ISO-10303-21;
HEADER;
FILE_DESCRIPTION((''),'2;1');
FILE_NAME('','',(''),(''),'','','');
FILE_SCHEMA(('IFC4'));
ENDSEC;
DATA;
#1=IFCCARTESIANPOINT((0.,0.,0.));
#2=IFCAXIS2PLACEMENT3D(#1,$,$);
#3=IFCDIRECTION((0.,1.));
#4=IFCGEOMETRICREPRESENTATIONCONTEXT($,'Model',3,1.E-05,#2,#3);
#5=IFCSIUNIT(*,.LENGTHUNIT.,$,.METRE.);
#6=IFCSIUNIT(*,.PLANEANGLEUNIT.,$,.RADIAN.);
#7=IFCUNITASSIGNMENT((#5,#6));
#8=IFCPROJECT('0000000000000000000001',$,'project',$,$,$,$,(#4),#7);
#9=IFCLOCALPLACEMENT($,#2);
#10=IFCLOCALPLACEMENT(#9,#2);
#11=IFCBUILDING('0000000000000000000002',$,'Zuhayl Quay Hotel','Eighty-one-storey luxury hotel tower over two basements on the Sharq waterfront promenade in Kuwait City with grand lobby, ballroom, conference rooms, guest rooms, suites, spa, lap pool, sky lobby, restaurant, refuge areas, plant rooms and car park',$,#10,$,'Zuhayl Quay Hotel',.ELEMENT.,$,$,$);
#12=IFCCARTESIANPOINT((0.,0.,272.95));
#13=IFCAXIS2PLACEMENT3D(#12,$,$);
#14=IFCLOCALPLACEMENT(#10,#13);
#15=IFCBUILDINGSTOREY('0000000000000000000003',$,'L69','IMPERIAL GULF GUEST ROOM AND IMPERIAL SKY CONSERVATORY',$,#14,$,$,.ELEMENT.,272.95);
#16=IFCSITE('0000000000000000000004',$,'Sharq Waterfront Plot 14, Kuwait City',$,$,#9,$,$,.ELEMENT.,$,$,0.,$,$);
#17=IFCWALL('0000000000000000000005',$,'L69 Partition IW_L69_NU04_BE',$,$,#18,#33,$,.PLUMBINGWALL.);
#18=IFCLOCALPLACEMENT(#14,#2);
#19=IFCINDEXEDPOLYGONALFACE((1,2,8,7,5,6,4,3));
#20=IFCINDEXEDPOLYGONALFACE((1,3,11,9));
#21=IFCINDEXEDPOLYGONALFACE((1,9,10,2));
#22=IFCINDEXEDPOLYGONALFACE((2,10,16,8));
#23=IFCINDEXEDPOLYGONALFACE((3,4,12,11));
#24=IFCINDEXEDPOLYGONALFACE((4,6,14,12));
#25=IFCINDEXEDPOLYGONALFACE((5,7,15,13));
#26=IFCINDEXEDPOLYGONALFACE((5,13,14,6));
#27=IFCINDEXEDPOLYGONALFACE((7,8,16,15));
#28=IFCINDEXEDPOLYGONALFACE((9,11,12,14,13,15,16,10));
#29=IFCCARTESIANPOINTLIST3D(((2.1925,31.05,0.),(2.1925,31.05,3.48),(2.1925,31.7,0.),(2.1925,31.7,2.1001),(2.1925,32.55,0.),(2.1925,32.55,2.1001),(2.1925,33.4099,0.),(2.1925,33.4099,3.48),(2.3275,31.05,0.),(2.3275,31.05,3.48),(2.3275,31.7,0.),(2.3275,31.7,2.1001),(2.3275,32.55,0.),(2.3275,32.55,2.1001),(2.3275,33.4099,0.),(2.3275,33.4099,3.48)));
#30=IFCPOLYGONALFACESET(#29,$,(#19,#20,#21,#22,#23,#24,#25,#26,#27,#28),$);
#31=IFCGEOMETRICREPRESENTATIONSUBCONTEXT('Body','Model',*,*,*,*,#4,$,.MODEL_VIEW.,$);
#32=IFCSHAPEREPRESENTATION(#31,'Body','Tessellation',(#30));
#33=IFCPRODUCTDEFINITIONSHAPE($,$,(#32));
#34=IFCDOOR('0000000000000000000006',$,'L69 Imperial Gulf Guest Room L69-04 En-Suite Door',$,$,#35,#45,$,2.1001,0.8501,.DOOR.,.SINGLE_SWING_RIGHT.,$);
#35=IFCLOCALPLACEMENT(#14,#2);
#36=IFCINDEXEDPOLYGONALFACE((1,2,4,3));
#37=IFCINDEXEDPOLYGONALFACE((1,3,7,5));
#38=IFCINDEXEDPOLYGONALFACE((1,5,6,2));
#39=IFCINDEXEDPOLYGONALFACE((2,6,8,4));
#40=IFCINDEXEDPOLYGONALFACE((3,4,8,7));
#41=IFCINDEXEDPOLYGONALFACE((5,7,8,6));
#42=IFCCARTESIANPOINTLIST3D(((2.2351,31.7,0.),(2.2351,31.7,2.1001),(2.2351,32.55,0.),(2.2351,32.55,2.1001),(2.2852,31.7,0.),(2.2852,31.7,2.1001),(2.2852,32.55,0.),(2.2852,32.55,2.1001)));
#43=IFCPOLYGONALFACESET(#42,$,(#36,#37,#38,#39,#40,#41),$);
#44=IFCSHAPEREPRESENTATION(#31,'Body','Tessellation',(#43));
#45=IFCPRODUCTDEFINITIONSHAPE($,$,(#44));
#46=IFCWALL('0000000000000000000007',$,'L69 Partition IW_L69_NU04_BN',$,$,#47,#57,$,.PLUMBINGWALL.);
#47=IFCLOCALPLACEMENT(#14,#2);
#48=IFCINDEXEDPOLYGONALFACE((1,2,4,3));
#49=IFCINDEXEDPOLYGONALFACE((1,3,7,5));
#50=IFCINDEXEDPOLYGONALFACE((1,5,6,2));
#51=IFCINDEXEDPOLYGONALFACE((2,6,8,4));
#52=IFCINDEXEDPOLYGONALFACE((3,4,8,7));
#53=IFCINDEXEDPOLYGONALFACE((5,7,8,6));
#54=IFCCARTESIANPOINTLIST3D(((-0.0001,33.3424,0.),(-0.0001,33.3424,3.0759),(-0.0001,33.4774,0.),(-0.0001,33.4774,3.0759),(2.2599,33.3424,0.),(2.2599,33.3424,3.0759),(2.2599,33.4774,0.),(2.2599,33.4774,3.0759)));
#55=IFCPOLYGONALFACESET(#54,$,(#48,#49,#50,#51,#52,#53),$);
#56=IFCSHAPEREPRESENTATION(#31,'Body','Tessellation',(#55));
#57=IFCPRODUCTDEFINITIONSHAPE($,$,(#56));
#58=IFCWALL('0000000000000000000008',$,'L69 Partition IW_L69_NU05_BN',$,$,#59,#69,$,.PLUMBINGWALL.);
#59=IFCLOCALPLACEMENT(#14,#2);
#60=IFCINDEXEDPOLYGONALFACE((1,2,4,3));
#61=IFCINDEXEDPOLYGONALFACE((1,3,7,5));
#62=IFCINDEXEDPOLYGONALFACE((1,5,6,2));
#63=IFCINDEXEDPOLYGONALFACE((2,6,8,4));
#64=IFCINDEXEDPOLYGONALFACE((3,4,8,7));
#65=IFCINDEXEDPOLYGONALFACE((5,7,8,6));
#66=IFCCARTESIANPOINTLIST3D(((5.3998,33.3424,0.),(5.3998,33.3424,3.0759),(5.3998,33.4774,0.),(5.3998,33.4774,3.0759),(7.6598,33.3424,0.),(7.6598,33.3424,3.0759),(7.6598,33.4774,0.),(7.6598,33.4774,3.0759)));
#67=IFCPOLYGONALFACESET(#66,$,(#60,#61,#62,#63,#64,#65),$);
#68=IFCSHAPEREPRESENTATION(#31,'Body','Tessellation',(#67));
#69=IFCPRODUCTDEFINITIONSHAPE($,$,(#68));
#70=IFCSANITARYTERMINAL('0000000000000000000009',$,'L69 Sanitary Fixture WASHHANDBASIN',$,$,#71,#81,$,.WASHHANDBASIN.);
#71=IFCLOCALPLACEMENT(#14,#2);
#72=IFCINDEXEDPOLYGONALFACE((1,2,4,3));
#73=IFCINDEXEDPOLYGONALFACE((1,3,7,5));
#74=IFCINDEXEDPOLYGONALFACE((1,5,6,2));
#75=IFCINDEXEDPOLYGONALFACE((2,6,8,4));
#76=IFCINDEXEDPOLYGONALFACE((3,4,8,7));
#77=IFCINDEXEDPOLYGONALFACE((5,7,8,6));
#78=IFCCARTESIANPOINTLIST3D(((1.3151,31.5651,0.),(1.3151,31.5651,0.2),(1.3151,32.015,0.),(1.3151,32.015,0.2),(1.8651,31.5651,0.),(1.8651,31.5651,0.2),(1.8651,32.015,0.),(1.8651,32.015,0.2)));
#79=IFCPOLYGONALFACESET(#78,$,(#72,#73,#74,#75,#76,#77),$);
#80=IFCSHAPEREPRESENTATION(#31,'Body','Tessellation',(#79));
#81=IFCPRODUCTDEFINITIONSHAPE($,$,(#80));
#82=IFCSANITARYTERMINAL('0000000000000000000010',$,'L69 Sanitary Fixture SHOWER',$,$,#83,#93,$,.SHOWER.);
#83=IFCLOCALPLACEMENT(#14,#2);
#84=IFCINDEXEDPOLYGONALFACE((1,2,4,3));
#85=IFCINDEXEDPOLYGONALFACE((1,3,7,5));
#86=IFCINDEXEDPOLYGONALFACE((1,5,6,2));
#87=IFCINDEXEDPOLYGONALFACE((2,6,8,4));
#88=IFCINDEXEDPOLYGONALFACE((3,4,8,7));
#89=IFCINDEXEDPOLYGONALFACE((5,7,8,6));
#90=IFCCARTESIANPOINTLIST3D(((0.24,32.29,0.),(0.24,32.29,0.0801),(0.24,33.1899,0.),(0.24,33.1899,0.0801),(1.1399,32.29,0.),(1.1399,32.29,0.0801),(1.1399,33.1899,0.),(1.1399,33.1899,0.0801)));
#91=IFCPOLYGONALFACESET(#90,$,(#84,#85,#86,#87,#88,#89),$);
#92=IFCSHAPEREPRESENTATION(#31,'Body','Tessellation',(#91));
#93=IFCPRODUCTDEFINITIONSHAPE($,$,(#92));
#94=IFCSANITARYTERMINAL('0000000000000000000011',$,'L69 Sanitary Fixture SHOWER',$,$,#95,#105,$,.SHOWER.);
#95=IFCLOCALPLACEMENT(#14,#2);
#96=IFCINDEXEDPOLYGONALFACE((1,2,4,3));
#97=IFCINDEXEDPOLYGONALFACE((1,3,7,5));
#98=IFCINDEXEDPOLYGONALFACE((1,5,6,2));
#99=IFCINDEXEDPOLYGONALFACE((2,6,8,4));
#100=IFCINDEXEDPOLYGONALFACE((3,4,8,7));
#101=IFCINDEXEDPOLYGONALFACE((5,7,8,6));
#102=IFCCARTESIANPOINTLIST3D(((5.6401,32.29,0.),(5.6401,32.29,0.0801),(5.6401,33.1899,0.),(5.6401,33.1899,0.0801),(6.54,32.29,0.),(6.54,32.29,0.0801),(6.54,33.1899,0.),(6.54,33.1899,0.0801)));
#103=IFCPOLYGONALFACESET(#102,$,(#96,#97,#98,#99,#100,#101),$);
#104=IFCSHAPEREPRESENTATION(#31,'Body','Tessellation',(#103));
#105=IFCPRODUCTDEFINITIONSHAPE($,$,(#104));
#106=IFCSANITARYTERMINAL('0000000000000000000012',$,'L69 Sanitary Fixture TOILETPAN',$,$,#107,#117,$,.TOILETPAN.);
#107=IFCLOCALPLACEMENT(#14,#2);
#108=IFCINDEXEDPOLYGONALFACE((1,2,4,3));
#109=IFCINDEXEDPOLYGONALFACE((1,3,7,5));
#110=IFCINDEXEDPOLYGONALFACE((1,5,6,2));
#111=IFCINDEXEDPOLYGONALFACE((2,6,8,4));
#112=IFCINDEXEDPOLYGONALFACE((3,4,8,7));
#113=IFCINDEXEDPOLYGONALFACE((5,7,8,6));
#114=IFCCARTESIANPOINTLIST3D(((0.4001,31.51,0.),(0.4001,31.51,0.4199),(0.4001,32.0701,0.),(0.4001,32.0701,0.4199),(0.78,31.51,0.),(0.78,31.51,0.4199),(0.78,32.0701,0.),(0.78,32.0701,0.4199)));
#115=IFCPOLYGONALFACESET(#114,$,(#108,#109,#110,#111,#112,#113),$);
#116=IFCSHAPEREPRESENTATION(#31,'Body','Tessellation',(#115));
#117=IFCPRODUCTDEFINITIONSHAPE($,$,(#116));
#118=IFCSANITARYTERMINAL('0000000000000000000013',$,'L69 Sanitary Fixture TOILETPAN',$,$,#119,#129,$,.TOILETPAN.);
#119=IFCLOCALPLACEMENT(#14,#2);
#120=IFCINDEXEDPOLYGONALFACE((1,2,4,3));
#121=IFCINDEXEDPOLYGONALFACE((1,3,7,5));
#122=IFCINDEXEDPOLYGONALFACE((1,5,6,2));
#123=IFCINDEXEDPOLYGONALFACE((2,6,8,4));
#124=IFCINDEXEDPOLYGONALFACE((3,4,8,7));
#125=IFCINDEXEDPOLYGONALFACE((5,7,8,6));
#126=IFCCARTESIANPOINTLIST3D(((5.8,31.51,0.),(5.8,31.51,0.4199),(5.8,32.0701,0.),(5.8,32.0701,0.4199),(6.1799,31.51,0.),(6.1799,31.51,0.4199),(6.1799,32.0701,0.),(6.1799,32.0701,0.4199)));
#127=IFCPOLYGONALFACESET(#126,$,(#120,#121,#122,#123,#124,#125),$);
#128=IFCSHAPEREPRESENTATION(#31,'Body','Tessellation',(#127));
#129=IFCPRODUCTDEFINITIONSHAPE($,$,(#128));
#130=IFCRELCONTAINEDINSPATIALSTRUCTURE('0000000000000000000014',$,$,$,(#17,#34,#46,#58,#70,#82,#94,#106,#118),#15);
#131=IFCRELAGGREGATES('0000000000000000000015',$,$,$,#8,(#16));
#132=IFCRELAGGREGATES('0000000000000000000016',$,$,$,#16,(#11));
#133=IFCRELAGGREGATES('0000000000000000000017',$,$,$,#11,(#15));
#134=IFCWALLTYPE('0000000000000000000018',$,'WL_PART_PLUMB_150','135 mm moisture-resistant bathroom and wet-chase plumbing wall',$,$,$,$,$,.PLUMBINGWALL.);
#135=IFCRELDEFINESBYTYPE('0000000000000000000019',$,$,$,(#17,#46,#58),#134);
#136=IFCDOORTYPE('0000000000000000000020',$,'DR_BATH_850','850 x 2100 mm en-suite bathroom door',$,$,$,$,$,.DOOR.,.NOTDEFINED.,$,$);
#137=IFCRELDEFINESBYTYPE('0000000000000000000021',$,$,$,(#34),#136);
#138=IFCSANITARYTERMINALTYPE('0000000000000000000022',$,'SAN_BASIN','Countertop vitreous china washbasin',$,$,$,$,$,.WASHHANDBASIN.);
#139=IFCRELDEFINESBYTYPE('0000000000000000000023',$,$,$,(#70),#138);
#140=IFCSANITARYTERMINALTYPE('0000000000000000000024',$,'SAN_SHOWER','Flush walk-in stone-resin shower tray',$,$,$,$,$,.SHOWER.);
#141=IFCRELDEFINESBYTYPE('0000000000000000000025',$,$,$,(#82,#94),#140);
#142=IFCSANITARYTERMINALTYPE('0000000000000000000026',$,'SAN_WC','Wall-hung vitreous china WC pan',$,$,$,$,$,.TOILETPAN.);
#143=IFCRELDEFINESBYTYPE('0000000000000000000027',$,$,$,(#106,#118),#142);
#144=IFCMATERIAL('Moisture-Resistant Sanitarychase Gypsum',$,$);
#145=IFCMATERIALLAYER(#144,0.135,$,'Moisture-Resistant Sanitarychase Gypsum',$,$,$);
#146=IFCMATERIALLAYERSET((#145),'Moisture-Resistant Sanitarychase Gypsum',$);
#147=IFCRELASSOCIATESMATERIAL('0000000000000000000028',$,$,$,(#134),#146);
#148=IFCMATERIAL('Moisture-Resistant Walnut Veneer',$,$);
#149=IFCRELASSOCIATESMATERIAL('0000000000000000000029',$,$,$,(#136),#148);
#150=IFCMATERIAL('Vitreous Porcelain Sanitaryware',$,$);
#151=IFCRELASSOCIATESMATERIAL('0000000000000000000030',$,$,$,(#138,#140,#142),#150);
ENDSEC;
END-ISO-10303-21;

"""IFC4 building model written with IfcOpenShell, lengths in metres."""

from ifc_helpers import new_model, si_unit, direction, frame, frame_2d, origin, origin_2d, place, context, subcontext, project, spatial, rectangle, extrude, material, layer, layer_set, type_object, element, fill, save


model = new_model("IFC4")

# Units and contexts
model_context = context("Model", 3, precision=1e-05, world=origin(), true_north=direction((0.0, 1.0)))
body_context = subcontext(model_context, "Body", "Model", "MODEL_VIEW")
ifc_project = project(units=[si_unit("LENGTHUNIT", "METRE"), si_unit("PLANEANGLEUNIT", "RADIAN")], contexts=[model_context])

# Site, building, storey
site_placement = place(None, origin())
site = spatial("IfcSite", under=ifc_project, at=site_placement, Name="Sharq Waterfront Plot 14, Kuwait City", CompositionType="ELEMENT", RefElevation=0.0)
building_placement = place(site_placement, origin())
building = spatial("IfcBuilding", under=site, at=building_placement, Name="Zuhayl Quay Hotel", Description="Eighty-one-storey luxury hotel tower over two basements on the Sharq waterfront promenade in Kuwait City with grand lobby, ballroom, conference rooms, guest rooms, suites, spa, lap pool, sky lobby, restaurant, refuge areas, plant rooms and car park", LongName="Zuhayl Quay Hotel", CompositionType="ELEMENT")
storey_placement = place(building_placement, frame((0.0, 0.0, 272.95)))
storey = spatial("IfcBuildingStorey", under=building, at=storey_placement, Name="L69", Description="IMPERIAL GULF GUEST ROOM AND IMPERIAL SKY CONSERVATORY", CompositionType="ELEMENT", Elevation=272.95)

# Wall, opening, door
ifc_material_1 = material(Name="Moisture-Resistant Sanitarychase Gypsum")
ifc_layer_1 = layer(ifc_material_1, 0.135, Name="Moisture-Resistant Sanitarychase Gypsum")
ifc_layer_set_1 = layer_set([ifc_layer_1], Name="Moisture-Resistant Sanitarychase Gypsum")
wall_type_1 = type_object("IfcWallType", Name="WL_PART_PLUMB_150", Description="135 mm moisture-resistant bathroom and wet-chase plumbing wall", PredefinedType="PLUMBINGWALL", material=ifc_layer_set_1)
wall_1_placement = place(storey_placement, frame((2.26, 31.05, 0.0), z_axis=(0.0, 0.0, 1.0), x_axis=(0.0, 1.0, 0.0)))
wall_1 = element("IfcWall", 1, at=wall_1_placement, inside=storey, type_object=wall_type_1, Name="L69 Partition IW_L69_NU04_BE", PredefinedType="PLUMBINGWALL", context=body_context, shape_type="SweptSolid", body=[
    extrude(rectangle(XDim=2.3599, YDim=0.135, at=frame_2d((1.1799, 0.0))), origin(), (0.0, 0.0, 1.0), 3.48),
])
opening_1_placement = place(wall_1_placement, frame((0.6499, 0.0, 0.0)))
opening_1 = element("IfcOpeningElement", 2, at=opening_1_placement, cuts=wall_1, PredefinedType="OPENING", context=body_context, shape_type="SweptSolid", body=[
    extrude(rectangle(XDim=0.8501, YDim=2.1001, at=frame_2d((0.425, 1.05))), frame((0.0, 0.0774, 0.0), z_axis=(0.0, -1.0, 0.0), x_axis=(1.0, 0.0, 0.0)), (0.0, 0.0, 1.0), 0.155),
])
ifc_material_2 = material(Name="Moisture-Resistant Walnut Veneer")
door_type_1 = type_object("IfcDoorType", Name="DR_BATH_850", Description="850 x 2100 mm en-suite bathroom door", OperationType="NOTDEFINED", PredefinedType="DOOR", material=ifc_material_2)
door_1_placement = place(opening_1_placement, origin())
door_1 = element("IfcDoor", 3, at=door_1_placement, inside=storey, type_object=door_type_1, Name="L69 Imperial Gulf Guest Room L69-04 En-Suite Door", OperationType="SINGLE_SWING_RIGHT", OverallHeight=2.1001, OverallWidth=0.8501, PredefinedType="DOOR", context=body_context, shape_type="SweptSolid", body=[
    extrude(rectangle(XDim=0.8501, YDim=2.1001, at=frame_2d((0.425, 1.05))), frame((0.0, 0.0249, 0.0), z_axis=(0.0, -1.0, 0.0), x_axis=(1.0, 0.0, 0.0)), (0.0, 0.0, 1.0), 0.05),
])
fill(opening_1, door_1)

# Walls
for number, where, z_axis, x_axis, name in (
    (4, (0.0, 33.4099, 0.0), (0.0, 0.0, 1.0), (1.0, 0.0, 0.0), "L69 Partition IW_L69_NU04_BN"),
    (5, (5.3999, 33.4099, 0.0), (0.0, 0.0, 1.0), (1.0, 0.0, 0.0), "L69 Partition IW_L69_NU05_BN"),
):
    element("IfcWall", number, at=place(storey_placement, frame(where, z_axis=z_axis, x_axis=x_axis)), inside=storey, type_object=wall_type_1, Name=name, PredefinedType="PLUMBINGWALL", context=body_context, shape_type="SweptSolid", body=[
        extrude(rectangle(XDim=2.26, YDim=0.135, at=frame_2d((1.1299, 0.0))), origin(), (0.0, 0.0, 1.0), 3.0759),
    ])

# Sanitary terminals
ifc_material_3 = material(Name="Vitreous Porcelain Sanitaryware")
sanitary_terminal_type_1 = type_object("IfcSanitaryTerminalType", Name="SAN_BASIN", Description="Countertop vitreous china washbasin", PredefinedType="WASHHANDBASIN", material=ifc_material_3)
sanitary_terminal_placement = place(storey_placement, frame((1.5901, 31.79, 0.0), z_axis=(0.0, 0.0, 1.0), x_axis=(1.0, 0.0, 0.0)))
element("IfcSanitaryTerminal", 6, at=sanitary_terminal_placement, inside=storey, type_object=sanitary_terminal_type_1, Name="L69 Sanitary Fixture WASHHANDBASIN", PredefinedType="WASHHANDBASIN", context=body_context, shape_type="SweptSolid", body=[
    extrude(rectangle(XDim=0.55, YDim=0.45, at=origin_2d()), origin(), (0.0, 0.0, 1.0), 0.2),
])
sanitary_terminal_type_2 = type_object("IfcSanitaryTerminalType", Name="SAN_SHOWER", Description="Flush walk-in stone-resin shower tray", PredefinedType="SHOWER", material=ifc_material_3)
for number, where, z_axis, x_axis, name in (
    (7, (0.6899, 32.74, 0.0), (0.0, 0.0, 1.0), (1.0, 0.0, 0.0), "L69 Sanitary Fixture SHOWER"),
    (8, (6.0901, 32.74, 0.0), (0.0, 0.0, 1.0), (1.0, 0.0, 0.0), "L69 Sanitary Fixture SHOWER"),
):
    element("IfcSanitaryTerminal", number, at=place(storey_placement, frame(where, z_axis=z_axis, x_axis=x_axis)), inside=storey, type_object=sanitary_terminal_type_2, Name=name, PredefinedType="SHOWER", context=body_context, shape_type="SweptSolid", body=[
        extrude(rectangle(XDim=0.8999, YDim=0.8999, at=origin_2d()), origin(), (0.0, 0.0, 1.0), 0.0801),
    ])
sanitary_terminal_type_3 = type_object("IfcSanitaryTerminalType", Name="SAN_WC", Description="Wall-hung vitreous china WC pan", PredefinedType="TOILETPAN", material=ifc_material_3)
for number, where, z_axis, x_axis, name in (
    (9, (0.5901, 31.79, 0.0), (0.0, 0.0, 1.0), (1.0, 0.0, 0.0), "L69 Sanitary Fixture TOILETPAN"),
    (10, (5.99, 31.79, 0.0), (0.0, 0.0, 1.0), (1.0, 0.0, 0.0), "L69 Sanitary Fixture TOILETPAN"),
):
    element("IfcSanitaryTerminal", number, at=place(storey_placement, frame(where, z_axis=z_axis, x_axis=x_axis)), inside=storey, type_object=sanitary_terminal_type_3, Name=name, PredefinedType="TOILETPAN", context=body_context, shape_type="SweptSolid", body=[
        extrude(rectangle(XDim=0.3799, YDim=0.5601, at=origin_2d()), origin(), (0.0, 0.0, 1.0), 0.4199),
    ])

save(model, "model.ifc")
